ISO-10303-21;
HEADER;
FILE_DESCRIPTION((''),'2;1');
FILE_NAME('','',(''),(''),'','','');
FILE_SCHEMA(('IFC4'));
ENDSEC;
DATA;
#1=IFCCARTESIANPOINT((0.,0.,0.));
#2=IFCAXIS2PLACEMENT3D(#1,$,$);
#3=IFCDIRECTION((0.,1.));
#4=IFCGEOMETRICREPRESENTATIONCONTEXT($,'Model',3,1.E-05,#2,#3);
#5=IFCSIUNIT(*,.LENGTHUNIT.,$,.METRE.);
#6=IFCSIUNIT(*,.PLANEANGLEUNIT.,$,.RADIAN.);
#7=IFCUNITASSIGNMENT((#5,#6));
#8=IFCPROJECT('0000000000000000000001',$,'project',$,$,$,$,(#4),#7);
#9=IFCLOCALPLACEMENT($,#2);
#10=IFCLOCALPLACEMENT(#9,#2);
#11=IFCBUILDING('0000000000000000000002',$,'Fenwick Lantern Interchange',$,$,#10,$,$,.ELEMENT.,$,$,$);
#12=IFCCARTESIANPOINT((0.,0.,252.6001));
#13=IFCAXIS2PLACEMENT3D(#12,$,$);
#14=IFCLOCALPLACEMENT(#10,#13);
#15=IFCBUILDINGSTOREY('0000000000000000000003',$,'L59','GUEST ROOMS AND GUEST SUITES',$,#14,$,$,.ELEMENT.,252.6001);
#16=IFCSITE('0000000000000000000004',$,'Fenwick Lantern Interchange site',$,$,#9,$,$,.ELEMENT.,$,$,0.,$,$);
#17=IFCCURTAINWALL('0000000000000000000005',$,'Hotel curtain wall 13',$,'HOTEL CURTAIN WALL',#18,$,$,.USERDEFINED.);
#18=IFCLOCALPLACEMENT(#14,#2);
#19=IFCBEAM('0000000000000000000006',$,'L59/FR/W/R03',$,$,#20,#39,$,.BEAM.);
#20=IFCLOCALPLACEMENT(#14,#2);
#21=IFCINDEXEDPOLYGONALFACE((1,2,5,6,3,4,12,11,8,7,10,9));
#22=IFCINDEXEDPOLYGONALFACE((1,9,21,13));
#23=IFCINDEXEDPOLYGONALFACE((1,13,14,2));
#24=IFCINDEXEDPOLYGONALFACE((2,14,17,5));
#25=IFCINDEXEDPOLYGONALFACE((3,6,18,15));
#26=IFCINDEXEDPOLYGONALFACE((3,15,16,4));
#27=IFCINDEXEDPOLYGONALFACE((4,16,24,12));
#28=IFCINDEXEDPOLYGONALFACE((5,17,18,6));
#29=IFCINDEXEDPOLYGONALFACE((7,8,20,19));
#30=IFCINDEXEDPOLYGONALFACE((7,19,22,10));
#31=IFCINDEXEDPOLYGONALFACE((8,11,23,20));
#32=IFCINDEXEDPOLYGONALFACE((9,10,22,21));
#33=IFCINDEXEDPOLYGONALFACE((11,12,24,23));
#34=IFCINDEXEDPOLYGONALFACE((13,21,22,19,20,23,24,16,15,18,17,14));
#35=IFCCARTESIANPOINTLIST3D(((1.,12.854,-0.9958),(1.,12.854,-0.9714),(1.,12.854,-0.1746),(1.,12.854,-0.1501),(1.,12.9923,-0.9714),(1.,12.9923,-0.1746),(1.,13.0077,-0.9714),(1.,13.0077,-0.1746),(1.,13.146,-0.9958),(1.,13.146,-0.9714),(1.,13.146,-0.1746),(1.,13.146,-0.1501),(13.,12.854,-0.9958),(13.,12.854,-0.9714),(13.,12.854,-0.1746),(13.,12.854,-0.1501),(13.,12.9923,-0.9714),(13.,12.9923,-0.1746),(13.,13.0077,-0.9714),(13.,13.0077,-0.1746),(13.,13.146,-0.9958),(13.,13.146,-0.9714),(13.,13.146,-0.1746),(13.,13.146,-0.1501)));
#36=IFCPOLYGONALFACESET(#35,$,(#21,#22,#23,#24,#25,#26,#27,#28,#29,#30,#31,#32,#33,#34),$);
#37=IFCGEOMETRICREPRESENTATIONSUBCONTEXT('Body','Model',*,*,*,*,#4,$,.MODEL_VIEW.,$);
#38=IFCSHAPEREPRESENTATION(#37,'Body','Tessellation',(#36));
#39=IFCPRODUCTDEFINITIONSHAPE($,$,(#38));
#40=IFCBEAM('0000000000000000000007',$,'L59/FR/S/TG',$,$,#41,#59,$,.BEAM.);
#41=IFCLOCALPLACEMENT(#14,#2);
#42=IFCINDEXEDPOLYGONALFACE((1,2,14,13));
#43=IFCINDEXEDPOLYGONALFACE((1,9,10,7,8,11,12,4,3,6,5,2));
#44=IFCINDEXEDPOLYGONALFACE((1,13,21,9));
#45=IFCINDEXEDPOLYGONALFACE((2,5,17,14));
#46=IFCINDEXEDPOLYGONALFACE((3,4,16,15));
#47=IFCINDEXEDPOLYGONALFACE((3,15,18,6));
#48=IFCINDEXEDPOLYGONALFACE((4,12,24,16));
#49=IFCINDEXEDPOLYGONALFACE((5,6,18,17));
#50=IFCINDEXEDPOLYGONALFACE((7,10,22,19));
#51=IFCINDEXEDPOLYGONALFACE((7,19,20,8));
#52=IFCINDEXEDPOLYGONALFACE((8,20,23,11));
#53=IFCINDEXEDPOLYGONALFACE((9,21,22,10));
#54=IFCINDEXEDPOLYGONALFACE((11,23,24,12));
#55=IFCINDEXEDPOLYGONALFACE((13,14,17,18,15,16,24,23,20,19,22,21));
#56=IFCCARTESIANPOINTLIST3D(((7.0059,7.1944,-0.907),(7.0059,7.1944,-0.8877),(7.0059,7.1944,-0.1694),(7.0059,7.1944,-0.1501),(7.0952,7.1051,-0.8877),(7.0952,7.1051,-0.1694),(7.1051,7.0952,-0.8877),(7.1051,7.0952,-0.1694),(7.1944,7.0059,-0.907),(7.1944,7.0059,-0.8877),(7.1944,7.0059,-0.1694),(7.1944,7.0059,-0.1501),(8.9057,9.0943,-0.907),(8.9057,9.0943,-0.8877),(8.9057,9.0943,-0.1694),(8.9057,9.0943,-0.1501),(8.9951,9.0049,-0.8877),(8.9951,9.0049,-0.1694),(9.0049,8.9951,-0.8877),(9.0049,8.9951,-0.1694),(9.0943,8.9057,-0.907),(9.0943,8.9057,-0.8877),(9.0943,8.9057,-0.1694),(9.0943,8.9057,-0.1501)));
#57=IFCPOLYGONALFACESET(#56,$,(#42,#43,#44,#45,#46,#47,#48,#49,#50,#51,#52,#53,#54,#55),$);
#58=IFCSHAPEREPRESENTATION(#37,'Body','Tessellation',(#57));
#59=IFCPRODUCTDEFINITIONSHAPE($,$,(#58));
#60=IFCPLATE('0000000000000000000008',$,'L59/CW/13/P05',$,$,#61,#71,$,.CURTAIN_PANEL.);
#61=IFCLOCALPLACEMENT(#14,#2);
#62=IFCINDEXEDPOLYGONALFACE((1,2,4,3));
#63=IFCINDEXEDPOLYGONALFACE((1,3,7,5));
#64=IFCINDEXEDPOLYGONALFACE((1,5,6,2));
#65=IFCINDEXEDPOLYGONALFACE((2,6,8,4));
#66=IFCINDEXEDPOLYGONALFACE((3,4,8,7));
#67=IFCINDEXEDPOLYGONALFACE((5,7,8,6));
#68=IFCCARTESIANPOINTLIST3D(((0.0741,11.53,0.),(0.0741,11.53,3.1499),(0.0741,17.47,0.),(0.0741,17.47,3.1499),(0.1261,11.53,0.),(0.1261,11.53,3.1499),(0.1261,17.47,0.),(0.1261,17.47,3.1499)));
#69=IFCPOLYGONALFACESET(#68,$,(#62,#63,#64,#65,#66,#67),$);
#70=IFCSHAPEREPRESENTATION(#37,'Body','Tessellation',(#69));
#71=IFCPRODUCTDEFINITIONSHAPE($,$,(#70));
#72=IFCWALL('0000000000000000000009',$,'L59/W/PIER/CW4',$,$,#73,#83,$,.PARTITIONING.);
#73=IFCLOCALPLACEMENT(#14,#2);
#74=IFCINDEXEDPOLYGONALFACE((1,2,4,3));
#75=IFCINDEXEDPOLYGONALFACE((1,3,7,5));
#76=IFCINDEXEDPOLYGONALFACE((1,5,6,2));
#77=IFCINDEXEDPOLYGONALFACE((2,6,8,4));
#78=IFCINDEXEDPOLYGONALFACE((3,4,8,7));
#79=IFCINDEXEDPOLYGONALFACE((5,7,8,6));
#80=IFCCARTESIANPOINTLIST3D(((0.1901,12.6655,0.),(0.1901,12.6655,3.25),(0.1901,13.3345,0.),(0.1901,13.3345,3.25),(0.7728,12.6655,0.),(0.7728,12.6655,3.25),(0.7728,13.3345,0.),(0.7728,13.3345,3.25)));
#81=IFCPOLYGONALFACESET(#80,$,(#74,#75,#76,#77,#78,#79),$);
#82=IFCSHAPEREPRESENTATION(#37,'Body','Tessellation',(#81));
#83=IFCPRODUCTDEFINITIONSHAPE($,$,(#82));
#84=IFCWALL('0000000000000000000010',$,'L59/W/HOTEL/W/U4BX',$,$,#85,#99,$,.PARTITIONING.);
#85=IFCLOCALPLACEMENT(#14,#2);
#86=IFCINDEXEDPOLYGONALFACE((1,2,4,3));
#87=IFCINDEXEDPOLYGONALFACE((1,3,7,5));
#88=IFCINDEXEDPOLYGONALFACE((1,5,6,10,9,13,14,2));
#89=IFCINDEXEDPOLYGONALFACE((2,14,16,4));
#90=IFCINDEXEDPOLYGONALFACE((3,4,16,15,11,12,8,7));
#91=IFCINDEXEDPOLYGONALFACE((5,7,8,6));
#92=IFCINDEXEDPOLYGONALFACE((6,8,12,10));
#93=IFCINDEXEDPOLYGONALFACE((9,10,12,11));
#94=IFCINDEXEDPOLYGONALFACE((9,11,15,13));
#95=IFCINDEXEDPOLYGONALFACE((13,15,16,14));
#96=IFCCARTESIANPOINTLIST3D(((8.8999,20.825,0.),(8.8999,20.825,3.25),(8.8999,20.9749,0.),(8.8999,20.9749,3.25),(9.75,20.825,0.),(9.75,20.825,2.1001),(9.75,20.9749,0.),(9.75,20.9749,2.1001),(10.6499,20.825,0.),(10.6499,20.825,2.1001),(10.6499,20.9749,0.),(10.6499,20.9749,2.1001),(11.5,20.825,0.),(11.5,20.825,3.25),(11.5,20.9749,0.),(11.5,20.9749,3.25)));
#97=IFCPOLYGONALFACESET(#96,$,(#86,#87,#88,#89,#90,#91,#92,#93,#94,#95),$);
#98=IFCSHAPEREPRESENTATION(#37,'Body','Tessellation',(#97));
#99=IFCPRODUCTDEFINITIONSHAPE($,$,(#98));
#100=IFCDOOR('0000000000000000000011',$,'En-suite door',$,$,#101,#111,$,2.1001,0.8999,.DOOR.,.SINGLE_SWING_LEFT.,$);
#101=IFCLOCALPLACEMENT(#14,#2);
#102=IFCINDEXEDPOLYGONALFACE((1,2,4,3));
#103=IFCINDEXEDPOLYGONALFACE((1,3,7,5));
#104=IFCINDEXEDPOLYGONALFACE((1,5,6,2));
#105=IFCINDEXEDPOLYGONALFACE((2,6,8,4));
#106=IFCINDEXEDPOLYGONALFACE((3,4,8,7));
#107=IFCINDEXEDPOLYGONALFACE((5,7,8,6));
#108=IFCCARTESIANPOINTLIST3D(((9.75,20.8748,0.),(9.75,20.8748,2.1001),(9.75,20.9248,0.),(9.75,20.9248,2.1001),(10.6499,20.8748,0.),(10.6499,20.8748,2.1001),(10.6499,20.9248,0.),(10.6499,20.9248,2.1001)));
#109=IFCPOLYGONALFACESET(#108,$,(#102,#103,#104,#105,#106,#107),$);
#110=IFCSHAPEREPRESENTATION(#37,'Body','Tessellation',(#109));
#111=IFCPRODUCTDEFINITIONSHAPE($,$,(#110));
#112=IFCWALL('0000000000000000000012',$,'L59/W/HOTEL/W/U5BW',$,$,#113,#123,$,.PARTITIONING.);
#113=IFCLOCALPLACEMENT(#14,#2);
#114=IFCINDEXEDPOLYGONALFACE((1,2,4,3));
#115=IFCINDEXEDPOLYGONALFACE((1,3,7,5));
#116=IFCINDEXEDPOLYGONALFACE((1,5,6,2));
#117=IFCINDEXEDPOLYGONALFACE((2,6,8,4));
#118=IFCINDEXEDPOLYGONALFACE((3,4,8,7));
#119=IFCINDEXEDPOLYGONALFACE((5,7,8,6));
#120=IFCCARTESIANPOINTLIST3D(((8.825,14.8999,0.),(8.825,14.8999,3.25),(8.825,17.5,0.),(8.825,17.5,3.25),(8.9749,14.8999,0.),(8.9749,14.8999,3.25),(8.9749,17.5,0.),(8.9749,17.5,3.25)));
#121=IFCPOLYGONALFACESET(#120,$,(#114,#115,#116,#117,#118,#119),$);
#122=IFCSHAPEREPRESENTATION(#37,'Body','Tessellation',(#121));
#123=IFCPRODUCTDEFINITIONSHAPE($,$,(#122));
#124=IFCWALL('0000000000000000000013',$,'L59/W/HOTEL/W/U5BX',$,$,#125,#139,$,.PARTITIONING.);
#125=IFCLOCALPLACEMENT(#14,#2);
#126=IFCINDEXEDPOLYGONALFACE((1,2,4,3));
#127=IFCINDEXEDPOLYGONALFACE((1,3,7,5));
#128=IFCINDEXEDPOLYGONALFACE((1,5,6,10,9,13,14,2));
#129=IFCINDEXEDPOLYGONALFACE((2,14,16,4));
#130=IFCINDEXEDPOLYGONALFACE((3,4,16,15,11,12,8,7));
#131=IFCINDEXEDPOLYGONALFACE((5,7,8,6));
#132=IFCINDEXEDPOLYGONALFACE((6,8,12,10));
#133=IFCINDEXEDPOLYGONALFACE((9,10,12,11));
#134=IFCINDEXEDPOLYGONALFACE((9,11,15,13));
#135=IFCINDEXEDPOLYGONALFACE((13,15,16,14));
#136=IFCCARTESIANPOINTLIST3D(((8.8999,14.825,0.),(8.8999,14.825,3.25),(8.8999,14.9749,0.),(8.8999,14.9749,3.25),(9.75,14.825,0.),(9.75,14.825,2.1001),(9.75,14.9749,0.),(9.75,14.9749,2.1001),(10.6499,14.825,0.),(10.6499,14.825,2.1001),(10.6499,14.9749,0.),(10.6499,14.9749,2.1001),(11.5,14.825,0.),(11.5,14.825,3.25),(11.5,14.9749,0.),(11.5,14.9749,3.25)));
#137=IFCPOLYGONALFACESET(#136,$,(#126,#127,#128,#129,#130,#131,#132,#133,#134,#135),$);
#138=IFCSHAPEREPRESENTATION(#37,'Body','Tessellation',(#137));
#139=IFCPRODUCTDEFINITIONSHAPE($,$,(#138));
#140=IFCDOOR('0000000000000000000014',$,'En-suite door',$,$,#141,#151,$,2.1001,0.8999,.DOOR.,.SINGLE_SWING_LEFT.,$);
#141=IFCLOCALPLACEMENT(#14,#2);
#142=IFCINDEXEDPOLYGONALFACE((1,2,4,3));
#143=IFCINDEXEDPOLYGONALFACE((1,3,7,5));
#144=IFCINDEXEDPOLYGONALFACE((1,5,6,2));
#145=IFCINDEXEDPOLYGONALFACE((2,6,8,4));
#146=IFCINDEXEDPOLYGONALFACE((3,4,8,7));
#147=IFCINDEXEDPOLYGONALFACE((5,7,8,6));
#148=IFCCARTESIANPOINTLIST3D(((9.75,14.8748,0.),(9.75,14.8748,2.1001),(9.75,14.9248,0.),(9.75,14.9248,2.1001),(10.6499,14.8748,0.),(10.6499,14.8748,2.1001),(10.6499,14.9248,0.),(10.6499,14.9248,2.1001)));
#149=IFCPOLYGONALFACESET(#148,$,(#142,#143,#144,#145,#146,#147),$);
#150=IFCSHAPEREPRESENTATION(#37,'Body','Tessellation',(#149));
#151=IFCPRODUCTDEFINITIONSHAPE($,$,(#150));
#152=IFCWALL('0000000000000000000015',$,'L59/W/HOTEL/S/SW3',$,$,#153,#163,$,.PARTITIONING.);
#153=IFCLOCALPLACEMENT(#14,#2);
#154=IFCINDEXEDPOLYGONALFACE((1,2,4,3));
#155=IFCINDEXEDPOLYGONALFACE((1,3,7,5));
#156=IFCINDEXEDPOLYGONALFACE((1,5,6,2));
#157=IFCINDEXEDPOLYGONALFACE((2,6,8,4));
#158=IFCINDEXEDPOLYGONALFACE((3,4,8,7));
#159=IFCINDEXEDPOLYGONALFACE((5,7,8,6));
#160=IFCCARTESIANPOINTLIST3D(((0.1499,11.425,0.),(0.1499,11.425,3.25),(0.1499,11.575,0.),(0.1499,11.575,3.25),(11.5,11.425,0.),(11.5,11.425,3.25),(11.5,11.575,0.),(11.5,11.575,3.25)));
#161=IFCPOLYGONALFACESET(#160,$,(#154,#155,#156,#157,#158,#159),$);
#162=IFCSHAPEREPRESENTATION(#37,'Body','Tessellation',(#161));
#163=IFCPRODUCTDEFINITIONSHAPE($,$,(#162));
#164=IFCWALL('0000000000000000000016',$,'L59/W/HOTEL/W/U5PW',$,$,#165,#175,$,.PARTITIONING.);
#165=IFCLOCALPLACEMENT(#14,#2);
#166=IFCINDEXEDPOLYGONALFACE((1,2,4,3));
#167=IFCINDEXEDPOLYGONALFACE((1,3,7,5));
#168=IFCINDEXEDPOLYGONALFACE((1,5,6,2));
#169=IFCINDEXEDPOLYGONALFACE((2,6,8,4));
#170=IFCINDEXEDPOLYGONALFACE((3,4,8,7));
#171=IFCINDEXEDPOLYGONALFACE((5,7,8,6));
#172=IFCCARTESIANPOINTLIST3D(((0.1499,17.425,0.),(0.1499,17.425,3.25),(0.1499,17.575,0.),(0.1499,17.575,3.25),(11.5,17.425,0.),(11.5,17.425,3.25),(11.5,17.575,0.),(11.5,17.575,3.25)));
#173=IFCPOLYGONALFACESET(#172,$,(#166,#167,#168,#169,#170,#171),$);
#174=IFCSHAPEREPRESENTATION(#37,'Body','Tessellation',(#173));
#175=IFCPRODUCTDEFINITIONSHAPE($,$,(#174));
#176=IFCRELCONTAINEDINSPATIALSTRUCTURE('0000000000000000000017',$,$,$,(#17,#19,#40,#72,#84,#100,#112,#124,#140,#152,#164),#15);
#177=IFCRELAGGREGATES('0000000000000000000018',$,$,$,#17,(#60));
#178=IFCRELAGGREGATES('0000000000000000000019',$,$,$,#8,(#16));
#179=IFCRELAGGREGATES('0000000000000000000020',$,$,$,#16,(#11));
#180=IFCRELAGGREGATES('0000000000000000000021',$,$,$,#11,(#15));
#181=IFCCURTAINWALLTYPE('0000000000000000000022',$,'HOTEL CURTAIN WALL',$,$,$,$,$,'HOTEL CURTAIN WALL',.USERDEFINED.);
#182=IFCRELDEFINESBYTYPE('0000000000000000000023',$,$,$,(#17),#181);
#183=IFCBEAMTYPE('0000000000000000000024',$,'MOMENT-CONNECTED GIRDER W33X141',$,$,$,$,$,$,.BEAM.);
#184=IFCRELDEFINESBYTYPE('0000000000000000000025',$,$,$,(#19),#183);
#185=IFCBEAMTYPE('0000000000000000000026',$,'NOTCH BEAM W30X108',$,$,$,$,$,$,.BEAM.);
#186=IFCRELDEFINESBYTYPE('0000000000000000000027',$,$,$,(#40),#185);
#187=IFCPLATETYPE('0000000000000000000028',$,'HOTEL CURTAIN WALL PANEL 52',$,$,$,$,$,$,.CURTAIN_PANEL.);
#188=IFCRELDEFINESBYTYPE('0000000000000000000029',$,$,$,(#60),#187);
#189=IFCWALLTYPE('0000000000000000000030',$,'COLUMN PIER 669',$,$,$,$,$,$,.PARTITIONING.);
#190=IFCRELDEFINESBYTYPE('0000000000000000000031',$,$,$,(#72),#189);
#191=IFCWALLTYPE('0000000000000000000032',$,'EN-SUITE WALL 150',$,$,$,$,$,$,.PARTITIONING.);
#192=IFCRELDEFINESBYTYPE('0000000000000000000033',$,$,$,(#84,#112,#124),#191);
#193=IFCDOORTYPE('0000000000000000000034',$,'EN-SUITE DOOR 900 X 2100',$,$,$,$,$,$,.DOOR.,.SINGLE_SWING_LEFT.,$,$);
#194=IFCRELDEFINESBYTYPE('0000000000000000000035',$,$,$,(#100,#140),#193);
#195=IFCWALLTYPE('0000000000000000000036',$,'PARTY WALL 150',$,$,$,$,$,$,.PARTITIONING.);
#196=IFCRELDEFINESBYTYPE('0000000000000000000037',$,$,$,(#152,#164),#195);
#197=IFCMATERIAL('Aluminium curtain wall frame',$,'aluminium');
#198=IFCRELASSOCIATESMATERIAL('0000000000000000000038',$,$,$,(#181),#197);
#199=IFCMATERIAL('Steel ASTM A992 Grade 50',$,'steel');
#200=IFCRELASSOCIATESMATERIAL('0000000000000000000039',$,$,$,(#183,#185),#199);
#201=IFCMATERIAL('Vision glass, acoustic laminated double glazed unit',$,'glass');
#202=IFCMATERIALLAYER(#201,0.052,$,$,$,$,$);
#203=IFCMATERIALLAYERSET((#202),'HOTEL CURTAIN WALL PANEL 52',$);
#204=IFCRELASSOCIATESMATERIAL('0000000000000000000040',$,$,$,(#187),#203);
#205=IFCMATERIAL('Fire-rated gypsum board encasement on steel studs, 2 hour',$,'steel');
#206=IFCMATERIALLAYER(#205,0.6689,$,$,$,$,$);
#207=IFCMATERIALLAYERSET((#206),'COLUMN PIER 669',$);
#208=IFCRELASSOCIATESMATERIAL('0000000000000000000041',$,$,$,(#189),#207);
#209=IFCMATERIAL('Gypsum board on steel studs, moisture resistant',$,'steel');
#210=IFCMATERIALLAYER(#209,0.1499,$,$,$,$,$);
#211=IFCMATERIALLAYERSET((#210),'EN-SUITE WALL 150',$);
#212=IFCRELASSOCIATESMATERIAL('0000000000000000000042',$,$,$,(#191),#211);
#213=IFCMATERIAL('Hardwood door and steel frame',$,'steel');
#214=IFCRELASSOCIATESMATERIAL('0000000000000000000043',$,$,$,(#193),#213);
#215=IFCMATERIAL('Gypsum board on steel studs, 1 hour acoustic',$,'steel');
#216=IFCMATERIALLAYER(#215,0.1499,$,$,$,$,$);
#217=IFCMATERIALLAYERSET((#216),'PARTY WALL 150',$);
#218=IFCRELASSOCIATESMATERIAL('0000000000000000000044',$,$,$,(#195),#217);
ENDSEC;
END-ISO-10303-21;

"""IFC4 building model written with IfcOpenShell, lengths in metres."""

from ifc_helpers import new_model, si_unit, direction, frame, frame_2d, origin, origin_2d, place, context, subcontext, project, spatial, rectangle, i_section, extrude, material, layer, layer_set, material_profile, profile_set, type_object, element, fill, aggregate, save


model = new_model("IFC4")

# Units and contexts
model_context = context("Model", 3, precision=1e-05, world=origin(), true_north=direction((0.0, 1.0)))
body_context = subcontext(model_context, "Body", "Model", "MODEL_VIEW")
ifc_project = project(units=[si_unit("LENGTHUNIT", "METRE"), si_unit("PLANEANGLEUNIT", "RADIAN")], contexts=[model_context])

# Site, building, storey
site_placement = place(None, origin())
site = spatial("IfcSite", under=ifc_project, at=site_placement, Name="Fenwick Lantern Interchange site", CompositionType="ELEMENT", RefElevation=0.0)
building_placement = place(site_placement, origin())
building = spatial("IfcBuilding", under=site, at=building_placement, Name="Fenwick Lantern Interchange", CompositionType="ELEMENT")
storey_placement = place(building_placement, frame((0.0, 0.0, 252.6001)))
storey = spatial("IfcBuildingStorey", under=building, at=storey_placement, Name="L59", Description="GUEST ROOMS AND GUEST SUITES", CompositionType="ELEMENT", Elevation=252.6001)

# Shared definitions
ifc_material_1 = material(Name="Steel ASTM A992 Grade 50", Category="steel")

# Curtain wall
ifc_material_2 = material(Name="Aluminium curtain wall frame", Category="aluminium")
curtain_wall_type = type_object("IfcCurtainWallType", Name="HOTEL CURTAIN WALL", ElementType="HOTEL CURTAIN WALL", PredefinedType="USERDEFINED", material=ifc_material_2)
curtain_wall_placement = place(storey_placement, origin())
curtain_wall = element("IfcCurtainWall", 1, at=curtain_wall_placement, inside=storey, type_object=curtain_wall_type, Name="Hotel curtain wall 13", ObjectType="HOTEL CURTAIN WALL", PredefinedType="USERDEFINED")

# Beams
ifc_material_profile_1 = material_profile(ifc_material_1, i_section(OverallWidth=0.292, OverallDepth=0.8457, WebThickness=0.0154, FlangeThickness=0.0244, at=origin_2d()), Name="W33X141")
ifc_profile_set_1 = profile_set([ifc_material_profile_1], Name="Steel ASTM A992 Grade 50")
beam_type_1 = type_object("IfcBeamType", Name="MOMENT-CONNECTED GIRDER W33X141", PredefinedType="BEAM", material=ifc_profile_set_1)
beam_1_placement = place(storey_placement, frame((1.0, 13.0, -0.573), z_axis=(1.0, 0.0, 0.0), x_axis=(0.0, 1.0, 0.0)))
element("IfcBeam", 2, at=beam_1_placement, inside=storey, type_object=beam_type_1, Name="L59/FR/W/R03", PredefinedType="BEAM", context=body_context, shape_type="SweptSolid", body=[
    extrude(i_section(OverallWidth=0.292, OverallDepth=0.8457, WebThickness=0.0154, FlangeThickness=0.0244, at=origin_2d()), origin(), (0.0, 0.0, 1.0), 12.0),
])
ifc_material_profile_2 = material_profile(ifc_material_1, i_section(OverallWidth=0.2666, OverallDepth=0.7568, WebThickness=0.0139, FlangeThickness=0.0193, at=origin_2d()), Name="W30X108")
ifc_profile_set_2 = profile_set([ifc_material_profile_2], Name="Steel ASTM A992 Grade 50")
beam_type_2 = type_object("IfcBeamType", Name="NOTCH BEAM W30X108", PredefinedType="BEAM", material=ifc_profile_set_2)
beam_2_placement = place(storey_placement, frame((9.0, 9.0, -0.5286), z_axis=(-0.707107, -0.707107, 0.0), x_axis=(0.707107, -0.707107, 0.0)))
element("IfcBeam", 3, at=beam_2_placement, inside=storey, type_object=beam_type_2, Name="L59/FR/S/TG", PredefinedType="BEAM", context=body_context, shape_type="SweptSolid", body=[
    extrude(i_section(OverallWidth=0.2666, OverallDepth=0.7568, WebThickness=0.0139, FlangeThickness=0.0193, at=origin_2d()), origin(), (0.0, 0.0, 1.0), 2.6868),
])

# Plate
ifc_material_3 = material(Name="Vision glass, acoustic laminated double glazed unit", Category="glass")
ifc_layer_1 = layer(ifc_material_3, 0.052)
ifc_layer_set_1 = layer_set([ifc_layer_1], Name="HOTEL CURTAIN WALL PANEL 52")
plate_type = type_object("IfcPlateType", Name="HOTEL CURTAIN WALL PANEL 52", PredefinedType="CURTAIN_PANEL", material=ifc_layer_set_1)
plate_placement = place(storey_placement, frame((0.1001, 14.5, 0.0), z_axis=(0.0, 0.0, 1.0), x_axis=(0.0, -1.0, 0.0)))
plate = element("IfcPlate", 4, at=plate_placement, type_object=plate_type, Name="L59/CW/13/P05", PredefinedType="CURTAIN_PANEL", context=body_context, shape_type="SweptSolid", body=[
    extrude(rectangle(XDim=5.9399, YDim=0.052, at=origin_2d()), origin(), (0.0, 0.0, 1.0), 3.1499),
])
aggregate(curtain_wall, [plate])

# Wall
ifc_material_4 = material(Name="Fire-rated gypsum board encasement on steel studs, 2 hour", Category="steel")
ifc_layer_2 = layer(ifc_material_4, 0.6689)
ifc_layer_set_2 = layer_set([ifc_layer_2], Name="COLUMN PIER 669")
wall_type_1 = type_object("IfcWallType", Name="COLUMN PIER 669", PredefinedType="PARTITIONING", material=ifc_layer_set_2)
wall_1_placement = place(storey_placement, frame((0.1899, 13.0, 0.0), z_axis=(0.0, 0.0, 1.0), x_axis=(1.0, 0.0, 0.0)))
element("IfcWall", 5, at=wall_1_placement, inside=storey, type_object=wall_type_1, Name="L59/W/PIER/CW4", PredefinedType="PARTITIONING", context=body_context, shape_type="SweptSolid", body=[
    extrude(rectangle(XDim=0.5828, YDim=0.6689, at=frame_2d((0.2915, 0.0))), origin(), (0.0, 0.0, 1.0), 3.25),
])

# Wall, opening, door
ifc_material_5 = material(Name="Gypsum board on steel studs, moisture resistant", Category="steel")
ifc_layer_3 = layer(ifc_material_5, 0.1499)
ifc_layer_set_3 = layer_set([ifc_layer_3], Name="EN-SUITE WALL 150")
wall_type_2 = type_object("IfcWallType", Name="EN-SUITE WALL 150", PredefinedType="PARTITIONING", material=ifc_layer_set_3)
wall_2_placement = place(storey_placement, frame((8.8999, 20.8999, 0.0), z_axis=(0.0, 0.0, 1.0), x_axis=(1.0, 0.0, 0.0)))
wall_2 = element("IfcWall", 6, at=wall_2_placement, inside=storey, type_object=wall_type_2, Name="L59/W/HOTEL/W/U4BX", PredefinedType="PARTITIONING", context=body_context, shape_type="SweptSolid", body=[
    extrude(rectangle(XDim=2.6001, YDim=0.1499, at=frame_2d((1.3, 0.0))), origin(), (0.0, 0.0, 1.0), 3.25),
])
opening_1_placement = place(wall_2_placement, frame((0.8501, 0.0, 0.0)))
opening_1 = element("IfcOpeningElement", 7, at=opening_1_placement, cuts=wall_2, PredefinedType="OPENING", context=body_context, shape_type="SweptSolid", body=[
    extrude(rectangle(XDim=0.8999, YDim=2.1001, at=frame_2d((0.45, 1.05))), frame((0.0, 0.085, 0.0), z_axis=(0.0, -1.0, 0.0), x_axis=(1.0, 0.0, 0.0)), (0.0, 0.0, 1.0), 0.1699),
])
ifc_material_6 = material(Name="Hardwood door and steel frame", Category="steel")
door_type = type_object("IfcDoorType", Name="EN-SUITE DOOR 900 X 2100", OperationType="SINGLE_SWING_LEFT", PredefinedType="DOOR", material=ifc_material_6)
door_1_placement = place(opening_1_placement, origin())
door_1 = element("IfcDoor", 8, at=door_1_placement, inside=storey, type_object=door_type, Name="En-suite door", OperationType="SINGLE_SWING_LEFT", OverallHeight=2.1001, OverallWidth=0.8999, PredefinedType="DOOR", context=body_context, shape_type="SweptSolid", body=[
    extrude(rectangle(XDim=0.8999, YDim=2.1001, at=frame_2d((0.45, 1.05))), frame((0.0, 0.0249, 0.0), z_axis=(0.0, -1.0, 0.0), x_axis=(1.0, 0.0, 0.0)), (0.0, 0.0, 1.0), 0.05),
])
fill(opening_1, door_1)

# Wall
wall_3_placement = place(storey_placement, frame((8.8999, 17.5, 0.0), z_axis=(0.0, 0.0, 1.0), x_axis=(0.0, -1.0, 0.0)))
element("IfcWall", 9, at=wall_3_placement, inside=storey, type_object=wall_type_2, Name="L59/W/HOTEL/W/U5BW", PredefinedType="PARTITIONING", context=body_context, shape_type="SweptSolid", body=[
    extrude(rectangle(XDim=2.6001, YDim=0.1499, at=frame_2d((1.3, 0.0))), origin(), (0.0, 0.0, 1.0), 3.25),
])

# Wall, opening, door
wall_4_placement = place(storey_placement, frame((8.8999, 14.8999, 0.0), z_axis=(0.0, 0.0, 1.0), x_axis=(1.0, 0.0, 0.0)))
wall_4 = element("IfcWall", 10, at=wall_4_placement, inside=storey, type_object=wall_type_2, Name="L59/W/HOTEL/W/U5BX", PredefinedType="PARTITIONING", context=body_context, shape_type="SweptSolid", body=[
    extrude(rectangle(XDim=2.6001, YDim=0.1499, at=frame_2d((1.3, 0.0))), origin(), (0.0, 0.0, 1.0), 3.25),
])
opening_2_placement = place(wall_4_placement, frame((0.8501, 0.0, 0.0)))
opening_2 = element("IfcOpeningElement", 11, at=opening_2_placement, cuts=wall_4, PredefinedType="OPENING", context=body_context, shape_type="SweptSolid", body=[
    extrude(rectangle(XDim=0.8999, YDim=2.1001, at=frame_2d((0.45, 1.05))), frame((0.0, 0.085, 0.0), z_axis=(0.0, -1.0, 0.0), x_axis=(1.0, 0.0, 0.0)), (0.0, 0.0, 1.0), 0.1699),
])
door_2_placement = place(opening_2_placement, origin())
door_2 = element("IfcDoor", 12, at=door_2_placement, inside=storey, type_object=door_type, Name="En-suite door", OperationType="SINGLE_SWING_LEFT", OverallHeight=2.1001, OverallWidth=0.8999, PredefinedType="DOOR", context=body_context, shape_type="SweptSolid", body=[
    extrude(rectangle(XDim=0.8999, YDim=2.1001, at=frame_2d((0.45, 1.05))), frame((0.0, 0.0249, 0.0), z_axis=(0.0, -1.0, 0.0), x_axis=(1.0, 0.0, 0.0)), (0.0, 0.0, 1.0), 0.05),
])
fill(opening_2, door_2)

# Walls
ifc_material_7 = material(Name="Gypsum board on steel studs, 1 hour acoustic", Category="steel")
ifc_layer_4 = layer(ifc_material_7, 0.1499)
ifc_layer_set_4 = layer_set([ifc_layer_4], Name="PARTY WALL 150")
wall_type_3 = type_object("IfcWallType", Name="PARTY WALL 150", PredefinedType="PARTITIONING", material=ifc_layer_set_4)
for number, where, z_axis, x_axis, name in (
    (13, (0.1499, 11.5, 0.0), (0.0, 0.0, 1.0), (1.0, 0.0, 0.0), "L59/W/HOTEL/S/SW3"),
    (14, (0.1499, 17.5, 0.0), (0.0, 0.0, 1.0), (1.0, 0.0, 0.0), "L59/W/HOTEL/W/U5PW"),
):
    element("IfcWall", number, at=place(storey_placement, frame(where, z_axis=z_axis, x_axis=x_axis)), inside=storey, type_object=wall_type_3, Name=name, PredefinedType="PARTITIONING", context=body_context, shape_type="SweptSolid", body=[
        extrude(rectangle(XDim=11.3501, YDim=0.1499, at=frame_2d((5.675, 0.0))), origin(), (0.0, 0.0, 1.0), 3.25),
    ])

save(model, "model.ifc")
